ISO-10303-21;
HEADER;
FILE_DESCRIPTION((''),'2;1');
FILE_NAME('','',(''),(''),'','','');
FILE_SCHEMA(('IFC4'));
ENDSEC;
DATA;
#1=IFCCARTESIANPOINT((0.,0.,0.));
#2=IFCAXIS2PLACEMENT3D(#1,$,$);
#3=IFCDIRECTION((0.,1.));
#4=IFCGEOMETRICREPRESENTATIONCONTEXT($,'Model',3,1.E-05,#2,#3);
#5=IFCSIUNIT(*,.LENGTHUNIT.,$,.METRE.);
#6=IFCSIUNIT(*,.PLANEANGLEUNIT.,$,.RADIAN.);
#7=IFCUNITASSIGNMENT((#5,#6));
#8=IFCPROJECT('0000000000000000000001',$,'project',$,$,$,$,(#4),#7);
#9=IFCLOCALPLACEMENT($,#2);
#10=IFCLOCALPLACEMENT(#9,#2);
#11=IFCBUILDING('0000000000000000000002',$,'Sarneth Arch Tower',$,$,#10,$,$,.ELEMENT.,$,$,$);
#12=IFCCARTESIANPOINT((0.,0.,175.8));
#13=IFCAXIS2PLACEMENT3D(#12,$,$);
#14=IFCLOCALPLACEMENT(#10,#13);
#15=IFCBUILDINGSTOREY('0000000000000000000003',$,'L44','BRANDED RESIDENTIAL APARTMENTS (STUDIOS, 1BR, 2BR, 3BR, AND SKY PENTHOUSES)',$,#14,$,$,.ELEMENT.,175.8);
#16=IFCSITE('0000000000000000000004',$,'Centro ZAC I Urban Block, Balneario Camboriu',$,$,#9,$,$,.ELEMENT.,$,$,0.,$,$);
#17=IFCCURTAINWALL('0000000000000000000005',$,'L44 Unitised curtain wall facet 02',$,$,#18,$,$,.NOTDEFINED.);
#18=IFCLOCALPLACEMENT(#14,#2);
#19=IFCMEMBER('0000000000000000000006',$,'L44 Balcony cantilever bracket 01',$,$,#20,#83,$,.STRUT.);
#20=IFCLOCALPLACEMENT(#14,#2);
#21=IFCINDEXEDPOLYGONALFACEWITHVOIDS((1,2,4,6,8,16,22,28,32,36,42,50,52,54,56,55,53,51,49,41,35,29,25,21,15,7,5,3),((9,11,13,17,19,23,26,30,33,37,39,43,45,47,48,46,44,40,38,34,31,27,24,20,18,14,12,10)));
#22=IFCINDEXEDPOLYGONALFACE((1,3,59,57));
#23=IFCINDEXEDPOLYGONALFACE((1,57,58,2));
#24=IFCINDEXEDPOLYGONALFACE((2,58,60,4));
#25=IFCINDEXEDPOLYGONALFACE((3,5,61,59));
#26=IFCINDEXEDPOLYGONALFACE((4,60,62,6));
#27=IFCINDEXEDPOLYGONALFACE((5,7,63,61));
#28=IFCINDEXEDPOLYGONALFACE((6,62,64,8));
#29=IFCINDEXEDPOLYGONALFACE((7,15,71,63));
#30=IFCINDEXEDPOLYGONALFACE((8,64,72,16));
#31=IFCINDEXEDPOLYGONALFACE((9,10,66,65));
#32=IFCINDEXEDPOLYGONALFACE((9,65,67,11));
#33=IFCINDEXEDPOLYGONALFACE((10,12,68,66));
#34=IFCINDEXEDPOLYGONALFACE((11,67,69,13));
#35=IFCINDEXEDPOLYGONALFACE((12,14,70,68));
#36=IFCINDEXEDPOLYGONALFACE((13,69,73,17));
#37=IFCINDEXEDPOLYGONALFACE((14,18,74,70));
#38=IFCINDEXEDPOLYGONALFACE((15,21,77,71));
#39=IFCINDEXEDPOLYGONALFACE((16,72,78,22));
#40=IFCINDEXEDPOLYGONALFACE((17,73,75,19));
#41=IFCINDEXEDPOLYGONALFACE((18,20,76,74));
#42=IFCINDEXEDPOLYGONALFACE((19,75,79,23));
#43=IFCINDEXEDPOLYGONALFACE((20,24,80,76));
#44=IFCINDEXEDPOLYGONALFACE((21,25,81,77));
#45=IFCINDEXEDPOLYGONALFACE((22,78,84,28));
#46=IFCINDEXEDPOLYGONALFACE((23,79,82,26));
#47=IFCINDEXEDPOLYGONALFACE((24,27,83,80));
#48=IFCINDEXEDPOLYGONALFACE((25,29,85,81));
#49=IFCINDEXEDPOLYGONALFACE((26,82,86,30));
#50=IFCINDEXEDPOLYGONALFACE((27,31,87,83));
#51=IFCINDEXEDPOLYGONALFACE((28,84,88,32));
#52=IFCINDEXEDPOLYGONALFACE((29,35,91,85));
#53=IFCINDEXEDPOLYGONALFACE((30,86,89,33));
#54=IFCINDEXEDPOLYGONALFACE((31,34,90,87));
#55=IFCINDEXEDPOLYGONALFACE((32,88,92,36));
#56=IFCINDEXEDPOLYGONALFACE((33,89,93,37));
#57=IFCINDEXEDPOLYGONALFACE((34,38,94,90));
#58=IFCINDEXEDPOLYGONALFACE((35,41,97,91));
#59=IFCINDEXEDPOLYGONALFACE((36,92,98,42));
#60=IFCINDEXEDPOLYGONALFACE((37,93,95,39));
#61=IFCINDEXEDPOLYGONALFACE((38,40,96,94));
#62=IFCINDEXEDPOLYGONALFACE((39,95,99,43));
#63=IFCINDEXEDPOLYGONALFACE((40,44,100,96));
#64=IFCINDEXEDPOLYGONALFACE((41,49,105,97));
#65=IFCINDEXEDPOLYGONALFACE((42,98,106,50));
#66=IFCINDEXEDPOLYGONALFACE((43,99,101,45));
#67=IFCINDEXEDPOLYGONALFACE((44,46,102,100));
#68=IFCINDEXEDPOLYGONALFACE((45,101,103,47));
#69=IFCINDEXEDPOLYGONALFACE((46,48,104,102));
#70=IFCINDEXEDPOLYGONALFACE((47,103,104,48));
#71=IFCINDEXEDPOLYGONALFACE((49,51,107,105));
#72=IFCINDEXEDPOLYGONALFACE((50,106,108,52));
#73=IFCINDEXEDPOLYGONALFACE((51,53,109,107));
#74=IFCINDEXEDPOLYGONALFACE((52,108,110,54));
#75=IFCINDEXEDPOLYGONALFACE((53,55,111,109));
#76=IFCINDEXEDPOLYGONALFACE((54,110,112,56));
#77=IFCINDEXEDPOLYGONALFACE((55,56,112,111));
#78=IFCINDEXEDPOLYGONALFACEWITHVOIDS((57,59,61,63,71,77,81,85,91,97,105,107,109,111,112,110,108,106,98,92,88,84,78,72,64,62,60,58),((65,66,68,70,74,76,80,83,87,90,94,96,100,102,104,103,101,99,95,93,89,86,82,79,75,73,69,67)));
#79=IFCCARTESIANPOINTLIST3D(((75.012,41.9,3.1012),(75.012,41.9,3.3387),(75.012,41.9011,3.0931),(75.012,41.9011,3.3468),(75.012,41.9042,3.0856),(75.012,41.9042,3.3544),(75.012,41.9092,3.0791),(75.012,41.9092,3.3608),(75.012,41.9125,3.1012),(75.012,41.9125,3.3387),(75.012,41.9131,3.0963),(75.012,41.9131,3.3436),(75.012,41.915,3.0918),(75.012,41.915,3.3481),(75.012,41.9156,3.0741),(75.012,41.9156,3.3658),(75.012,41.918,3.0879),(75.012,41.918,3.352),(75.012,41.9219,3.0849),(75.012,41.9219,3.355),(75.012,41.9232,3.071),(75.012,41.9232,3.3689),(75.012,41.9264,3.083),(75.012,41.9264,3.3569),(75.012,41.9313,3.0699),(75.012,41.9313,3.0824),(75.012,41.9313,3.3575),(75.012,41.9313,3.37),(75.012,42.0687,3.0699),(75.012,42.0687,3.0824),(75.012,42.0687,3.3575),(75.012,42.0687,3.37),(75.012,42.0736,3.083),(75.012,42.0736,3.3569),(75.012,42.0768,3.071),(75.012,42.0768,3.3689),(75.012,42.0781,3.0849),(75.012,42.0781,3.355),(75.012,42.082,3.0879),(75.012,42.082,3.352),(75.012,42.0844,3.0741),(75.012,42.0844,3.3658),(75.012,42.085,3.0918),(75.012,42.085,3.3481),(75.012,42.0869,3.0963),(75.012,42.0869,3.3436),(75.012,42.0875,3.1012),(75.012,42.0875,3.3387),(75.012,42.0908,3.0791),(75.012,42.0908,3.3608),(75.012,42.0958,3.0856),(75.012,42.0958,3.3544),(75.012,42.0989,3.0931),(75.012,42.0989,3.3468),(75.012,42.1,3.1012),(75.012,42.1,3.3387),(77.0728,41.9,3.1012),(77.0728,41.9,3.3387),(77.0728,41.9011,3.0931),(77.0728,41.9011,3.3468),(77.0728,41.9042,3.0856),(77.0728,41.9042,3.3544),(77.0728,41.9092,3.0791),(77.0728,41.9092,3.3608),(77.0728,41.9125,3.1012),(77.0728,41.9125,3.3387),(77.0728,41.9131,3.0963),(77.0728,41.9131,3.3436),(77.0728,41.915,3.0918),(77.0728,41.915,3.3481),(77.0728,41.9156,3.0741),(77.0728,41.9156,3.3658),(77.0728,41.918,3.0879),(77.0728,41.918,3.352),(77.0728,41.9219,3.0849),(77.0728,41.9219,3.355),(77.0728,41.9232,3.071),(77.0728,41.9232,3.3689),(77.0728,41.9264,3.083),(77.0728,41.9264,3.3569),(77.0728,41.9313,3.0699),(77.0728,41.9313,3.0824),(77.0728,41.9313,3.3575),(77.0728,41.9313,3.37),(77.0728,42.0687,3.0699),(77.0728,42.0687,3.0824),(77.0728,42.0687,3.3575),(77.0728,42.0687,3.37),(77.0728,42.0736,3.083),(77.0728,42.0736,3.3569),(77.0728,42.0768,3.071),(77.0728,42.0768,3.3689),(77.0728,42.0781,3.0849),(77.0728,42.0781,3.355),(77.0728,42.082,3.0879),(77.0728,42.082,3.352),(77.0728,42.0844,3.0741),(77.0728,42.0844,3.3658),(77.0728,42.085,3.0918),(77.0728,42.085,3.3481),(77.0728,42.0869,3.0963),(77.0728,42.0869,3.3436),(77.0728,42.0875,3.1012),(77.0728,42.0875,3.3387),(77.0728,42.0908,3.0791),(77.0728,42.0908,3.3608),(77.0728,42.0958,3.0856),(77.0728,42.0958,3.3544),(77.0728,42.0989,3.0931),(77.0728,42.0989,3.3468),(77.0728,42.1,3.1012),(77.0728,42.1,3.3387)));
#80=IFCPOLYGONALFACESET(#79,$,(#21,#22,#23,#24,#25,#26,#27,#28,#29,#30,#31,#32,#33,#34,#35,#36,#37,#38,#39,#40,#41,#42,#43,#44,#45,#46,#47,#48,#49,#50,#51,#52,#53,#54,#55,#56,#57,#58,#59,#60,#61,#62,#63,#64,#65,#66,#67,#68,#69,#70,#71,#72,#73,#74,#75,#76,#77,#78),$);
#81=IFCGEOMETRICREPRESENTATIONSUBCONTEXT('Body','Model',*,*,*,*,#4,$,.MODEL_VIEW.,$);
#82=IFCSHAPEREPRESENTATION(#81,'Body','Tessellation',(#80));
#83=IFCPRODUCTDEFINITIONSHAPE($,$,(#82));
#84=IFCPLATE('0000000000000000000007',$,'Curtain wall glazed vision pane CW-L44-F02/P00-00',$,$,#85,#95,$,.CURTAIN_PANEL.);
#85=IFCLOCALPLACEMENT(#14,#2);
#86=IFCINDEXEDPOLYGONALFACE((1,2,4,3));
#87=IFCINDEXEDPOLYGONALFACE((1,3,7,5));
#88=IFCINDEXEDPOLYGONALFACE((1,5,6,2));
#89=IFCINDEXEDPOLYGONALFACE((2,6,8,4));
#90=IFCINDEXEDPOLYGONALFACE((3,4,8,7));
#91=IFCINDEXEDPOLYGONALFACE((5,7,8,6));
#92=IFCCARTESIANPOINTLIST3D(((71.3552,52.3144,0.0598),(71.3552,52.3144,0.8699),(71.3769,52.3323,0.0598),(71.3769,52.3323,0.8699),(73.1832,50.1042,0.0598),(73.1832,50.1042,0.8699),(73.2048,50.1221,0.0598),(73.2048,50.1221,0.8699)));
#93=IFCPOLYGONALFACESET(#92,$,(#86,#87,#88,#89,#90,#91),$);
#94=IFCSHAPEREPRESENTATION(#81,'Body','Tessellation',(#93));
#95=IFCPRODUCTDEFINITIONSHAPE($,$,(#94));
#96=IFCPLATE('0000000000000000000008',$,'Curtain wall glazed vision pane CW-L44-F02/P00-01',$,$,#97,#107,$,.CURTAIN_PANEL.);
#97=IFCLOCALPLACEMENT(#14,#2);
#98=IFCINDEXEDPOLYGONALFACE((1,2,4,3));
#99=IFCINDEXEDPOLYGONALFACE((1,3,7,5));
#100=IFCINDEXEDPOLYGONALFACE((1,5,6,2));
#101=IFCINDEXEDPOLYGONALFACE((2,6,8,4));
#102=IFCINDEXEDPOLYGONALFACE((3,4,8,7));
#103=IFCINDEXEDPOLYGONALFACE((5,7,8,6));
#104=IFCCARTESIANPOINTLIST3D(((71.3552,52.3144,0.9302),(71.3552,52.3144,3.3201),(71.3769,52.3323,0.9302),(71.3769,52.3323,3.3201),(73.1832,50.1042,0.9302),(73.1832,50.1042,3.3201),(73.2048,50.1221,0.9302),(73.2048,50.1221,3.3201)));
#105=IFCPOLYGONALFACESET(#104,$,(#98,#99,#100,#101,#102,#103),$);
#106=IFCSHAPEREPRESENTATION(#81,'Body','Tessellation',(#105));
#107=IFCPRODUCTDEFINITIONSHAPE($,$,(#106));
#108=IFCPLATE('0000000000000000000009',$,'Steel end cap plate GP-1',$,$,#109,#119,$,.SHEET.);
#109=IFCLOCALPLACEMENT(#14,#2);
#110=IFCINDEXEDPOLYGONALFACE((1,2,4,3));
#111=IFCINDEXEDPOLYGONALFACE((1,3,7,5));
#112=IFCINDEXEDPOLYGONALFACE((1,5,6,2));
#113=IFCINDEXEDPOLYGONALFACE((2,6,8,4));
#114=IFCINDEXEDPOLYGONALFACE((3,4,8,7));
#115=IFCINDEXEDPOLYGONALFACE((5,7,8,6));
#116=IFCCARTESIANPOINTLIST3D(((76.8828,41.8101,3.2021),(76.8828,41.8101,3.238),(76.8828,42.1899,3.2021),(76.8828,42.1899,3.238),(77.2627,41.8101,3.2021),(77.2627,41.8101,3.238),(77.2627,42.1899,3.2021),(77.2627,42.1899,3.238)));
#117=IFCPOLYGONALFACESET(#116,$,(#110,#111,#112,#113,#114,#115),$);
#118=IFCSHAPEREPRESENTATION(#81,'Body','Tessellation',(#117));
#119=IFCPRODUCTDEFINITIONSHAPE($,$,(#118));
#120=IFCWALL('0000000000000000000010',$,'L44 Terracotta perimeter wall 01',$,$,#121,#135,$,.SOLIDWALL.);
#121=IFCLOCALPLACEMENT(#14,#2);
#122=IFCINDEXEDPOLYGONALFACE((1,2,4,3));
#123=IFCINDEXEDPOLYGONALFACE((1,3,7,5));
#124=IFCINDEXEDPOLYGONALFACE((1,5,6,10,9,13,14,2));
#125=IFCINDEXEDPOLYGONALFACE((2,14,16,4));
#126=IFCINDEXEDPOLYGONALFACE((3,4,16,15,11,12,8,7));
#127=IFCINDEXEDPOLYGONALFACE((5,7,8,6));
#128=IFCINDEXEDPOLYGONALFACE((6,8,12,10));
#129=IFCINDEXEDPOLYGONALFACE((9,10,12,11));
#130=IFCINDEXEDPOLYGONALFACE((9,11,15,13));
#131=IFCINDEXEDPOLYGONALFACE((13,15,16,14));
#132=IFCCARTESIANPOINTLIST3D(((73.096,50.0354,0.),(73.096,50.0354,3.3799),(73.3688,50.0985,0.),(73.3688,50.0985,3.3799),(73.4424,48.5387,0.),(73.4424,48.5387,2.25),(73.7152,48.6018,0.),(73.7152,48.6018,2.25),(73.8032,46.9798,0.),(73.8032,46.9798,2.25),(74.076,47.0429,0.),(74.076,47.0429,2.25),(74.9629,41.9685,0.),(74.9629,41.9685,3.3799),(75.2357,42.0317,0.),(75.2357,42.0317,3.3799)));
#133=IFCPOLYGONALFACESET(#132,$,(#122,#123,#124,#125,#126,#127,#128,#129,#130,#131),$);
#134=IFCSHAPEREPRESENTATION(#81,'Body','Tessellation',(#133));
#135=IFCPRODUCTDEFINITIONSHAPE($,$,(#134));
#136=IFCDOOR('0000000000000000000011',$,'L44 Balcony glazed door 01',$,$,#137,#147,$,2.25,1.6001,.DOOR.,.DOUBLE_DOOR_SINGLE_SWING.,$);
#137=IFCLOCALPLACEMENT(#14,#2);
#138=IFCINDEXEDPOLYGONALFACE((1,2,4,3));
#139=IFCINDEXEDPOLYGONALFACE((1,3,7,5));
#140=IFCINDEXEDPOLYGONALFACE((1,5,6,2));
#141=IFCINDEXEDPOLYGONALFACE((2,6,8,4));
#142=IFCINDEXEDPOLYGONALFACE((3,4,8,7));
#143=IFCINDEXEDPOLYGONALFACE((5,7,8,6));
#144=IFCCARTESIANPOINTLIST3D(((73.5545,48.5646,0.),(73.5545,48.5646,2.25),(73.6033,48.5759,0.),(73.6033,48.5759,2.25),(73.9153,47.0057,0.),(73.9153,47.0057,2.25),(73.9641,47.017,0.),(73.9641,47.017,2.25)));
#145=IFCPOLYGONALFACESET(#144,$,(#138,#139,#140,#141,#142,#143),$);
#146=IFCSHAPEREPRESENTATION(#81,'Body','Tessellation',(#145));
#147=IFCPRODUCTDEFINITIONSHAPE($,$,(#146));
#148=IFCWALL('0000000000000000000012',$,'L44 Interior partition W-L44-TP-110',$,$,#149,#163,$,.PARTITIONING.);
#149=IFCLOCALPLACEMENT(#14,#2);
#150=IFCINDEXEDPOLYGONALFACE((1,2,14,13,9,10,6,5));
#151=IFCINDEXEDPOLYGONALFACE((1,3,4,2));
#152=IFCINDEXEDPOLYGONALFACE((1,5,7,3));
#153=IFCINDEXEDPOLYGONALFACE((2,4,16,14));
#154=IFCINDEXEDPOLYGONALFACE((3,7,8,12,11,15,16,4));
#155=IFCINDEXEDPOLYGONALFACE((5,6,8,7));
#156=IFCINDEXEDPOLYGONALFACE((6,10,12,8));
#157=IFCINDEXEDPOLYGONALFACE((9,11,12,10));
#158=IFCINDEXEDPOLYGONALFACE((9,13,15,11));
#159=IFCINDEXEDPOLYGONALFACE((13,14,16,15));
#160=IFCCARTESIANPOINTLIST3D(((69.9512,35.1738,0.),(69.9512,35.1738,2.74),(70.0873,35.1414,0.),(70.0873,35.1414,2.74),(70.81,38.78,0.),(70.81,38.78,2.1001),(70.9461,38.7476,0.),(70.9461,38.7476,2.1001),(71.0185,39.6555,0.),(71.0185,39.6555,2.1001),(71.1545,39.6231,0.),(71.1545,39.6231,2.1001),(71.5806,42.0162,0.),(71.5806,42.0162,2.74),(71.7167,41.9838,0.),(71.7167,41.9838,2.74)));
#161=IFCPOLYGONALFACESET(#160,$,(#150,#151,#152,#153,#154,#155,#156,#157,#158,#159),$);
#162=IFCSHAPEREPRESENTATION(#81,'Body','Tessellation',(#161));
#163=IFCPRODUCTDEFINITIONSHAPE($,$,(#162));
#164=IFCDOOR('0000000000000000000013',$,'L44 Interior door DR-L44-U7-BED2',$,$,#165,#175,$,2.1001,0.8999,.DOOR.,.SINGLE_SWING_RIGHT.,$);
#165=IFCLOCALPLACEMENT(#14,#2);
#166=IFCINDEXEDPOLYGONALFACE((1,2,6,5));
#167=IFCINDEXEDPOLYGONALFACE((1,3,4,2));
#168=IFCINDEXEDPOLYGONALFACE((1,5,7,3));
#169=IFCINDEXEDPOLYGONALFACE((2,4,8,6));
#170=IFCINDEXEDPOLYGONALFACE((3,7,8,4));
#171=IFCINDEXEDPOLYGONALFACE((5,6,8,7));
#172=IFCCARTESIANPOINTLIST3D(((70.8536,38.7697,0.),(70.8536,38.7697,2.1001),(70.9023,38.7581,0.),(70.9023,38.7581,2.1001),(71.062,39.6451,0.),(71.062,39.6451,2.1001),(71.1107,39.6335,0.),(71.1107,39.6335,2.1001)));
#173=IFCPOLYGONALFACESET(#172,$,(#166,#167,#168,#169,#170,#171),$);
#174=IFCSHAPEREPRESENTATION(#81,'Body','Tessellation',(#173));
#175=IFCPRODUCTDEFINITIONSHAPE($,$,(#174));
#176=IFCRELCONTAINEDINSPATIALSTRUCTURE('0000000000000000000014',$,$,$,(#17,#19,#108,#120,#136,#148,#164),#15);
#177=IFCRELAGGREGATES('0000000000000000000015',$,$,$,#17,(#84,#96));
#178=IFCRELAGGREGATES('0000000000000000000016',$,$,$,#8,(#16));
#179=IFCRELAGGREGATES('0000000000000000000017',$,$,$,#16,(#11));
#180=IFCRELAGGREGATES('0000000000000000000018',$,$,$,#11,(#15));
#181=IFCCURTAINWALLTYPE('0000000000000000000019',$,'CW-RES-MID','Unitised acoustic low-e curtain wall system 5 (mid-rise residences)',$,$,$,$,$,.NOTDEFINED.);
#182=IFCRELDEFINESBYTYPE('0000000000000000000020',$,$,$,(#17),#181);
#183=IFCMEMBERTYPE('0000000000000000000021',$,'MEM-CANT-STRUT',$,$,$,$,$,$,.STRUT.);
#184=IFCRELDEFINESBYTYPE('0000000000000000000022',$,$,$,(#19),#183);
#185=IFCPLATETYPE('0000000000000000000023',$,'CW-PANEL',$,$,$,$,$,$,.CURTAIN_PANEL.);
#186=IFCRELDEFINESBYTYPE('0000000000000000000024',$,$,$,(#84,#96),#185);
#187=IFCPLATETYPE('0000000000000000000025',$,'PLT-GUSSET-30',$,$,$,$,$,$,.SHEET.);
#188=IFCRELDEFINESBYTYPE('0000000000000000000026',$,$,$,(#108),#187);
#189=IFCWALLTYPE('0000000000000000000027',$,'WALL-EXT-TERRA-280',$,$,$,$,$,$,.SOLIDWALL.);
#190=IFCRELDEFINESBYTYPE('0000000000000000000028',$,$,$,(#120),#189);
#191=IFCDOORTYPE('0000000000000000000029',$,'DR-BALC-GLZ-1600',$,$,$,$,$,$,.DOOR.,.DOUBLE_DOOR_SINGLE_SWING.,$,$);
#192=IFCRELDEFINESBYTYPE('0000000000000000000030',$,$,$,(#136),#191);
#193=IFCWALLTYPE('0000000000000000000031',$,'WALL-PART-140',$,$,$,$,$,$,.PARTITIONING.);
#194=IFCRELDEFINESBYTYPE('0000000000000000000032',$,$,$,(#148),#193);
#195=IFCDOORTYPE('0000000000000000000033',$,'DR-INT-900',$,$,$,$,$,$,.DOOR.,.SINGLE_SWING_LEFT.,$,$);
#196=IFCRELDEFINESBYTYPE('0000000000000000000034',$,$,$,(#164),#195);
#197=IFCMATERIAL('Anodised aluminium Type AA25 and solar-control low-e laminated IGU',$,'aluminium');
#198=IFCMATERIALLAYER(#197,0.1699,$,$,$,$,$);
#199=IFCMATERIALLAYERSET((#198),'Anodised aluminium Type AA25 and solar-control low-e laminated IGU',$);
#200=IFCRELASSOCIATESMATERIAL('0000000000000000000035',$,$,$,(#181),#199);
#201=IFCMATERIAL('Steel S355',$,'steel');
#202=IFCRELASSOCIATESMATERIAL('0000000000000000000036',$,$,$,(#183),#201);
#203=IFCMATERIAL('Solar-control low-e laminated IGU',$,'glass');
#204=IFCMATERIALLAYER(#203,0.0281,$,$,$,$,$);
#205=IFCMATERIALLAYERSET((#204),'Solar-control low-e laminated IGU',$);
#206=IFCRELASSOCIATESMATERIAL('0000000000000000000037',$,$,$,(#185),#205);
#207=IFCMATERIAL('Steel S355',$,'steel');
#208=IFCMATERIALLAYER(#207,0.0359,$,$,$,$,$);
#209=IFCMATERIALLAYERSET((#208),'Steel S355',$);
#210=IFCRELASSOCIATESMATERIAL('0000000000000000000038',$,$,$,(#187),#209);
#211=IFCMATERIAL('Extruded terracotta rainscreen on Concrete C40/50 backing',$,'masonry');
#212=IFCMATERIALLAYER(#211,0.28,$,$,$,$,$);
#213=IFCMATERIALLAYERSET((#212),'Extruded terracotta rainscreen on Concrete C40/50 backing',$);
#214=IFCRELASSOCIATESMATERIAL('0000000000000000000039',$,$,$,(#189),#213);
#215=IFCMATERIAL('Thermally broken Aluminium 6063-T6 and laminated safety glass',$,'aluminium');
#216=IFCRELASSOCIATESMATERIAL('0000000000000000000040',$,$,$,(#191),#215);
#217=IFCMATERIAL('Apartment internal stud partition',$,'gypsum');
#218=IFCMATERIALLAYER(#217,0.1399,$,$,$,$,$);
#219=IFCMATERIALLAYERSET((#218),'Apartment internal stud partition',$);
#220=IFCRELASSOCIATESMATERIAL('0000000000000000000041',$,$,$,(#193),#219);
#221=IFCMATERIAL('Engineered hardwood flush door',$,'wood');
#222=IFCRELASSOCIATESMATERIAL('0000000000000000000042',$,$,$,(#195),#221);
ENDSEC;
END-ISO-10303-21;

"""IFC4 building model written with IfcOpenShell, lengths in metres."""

from ifc_helpers import new_model, si_unit, direction, frame, frame_2d, origin, origin_2d, place, context, subcontext, project, spatial, rectangle, hollow_rectangle, extrude, material, layer, layer_set, material_profile, profile_set, type_object, element, fill, aggregate, save


model = new_model("IFC4")

# Units and contexts
model_context = context("Model", 3, precision=1e-05, world=origin(), true_north=direction((0.0, 1.0)))
body_context = subcontext(model_context, "Body", "Model", "MODEL_VIEW")
ifc_project = project(units=[si_unit("LENGTHUNIT", "METRE"), si_unit("PLANEANGLEUNIT", "RADIAN")], contexts=[model_context])

# Site, building, storey
site_placement = place(None, origin())
site = spatial("IfcSite", under=ifc_project, at=site_placement, Name="Centro ZAC I Urban Block, Balneario Camboriu", CompositionType="ELEMENT", RefElevation=0.0)
building_placement = place(site_placement, origin())
building = spatial("IfcBuilding", under=site, at=building_placement, Name="Sarneth Arch Tower", CompositionType="ELEMENT")
storey_placement = place(building_placement, frame((0.0, 0.0, 175.8)))
storey = spatial("IfcBuildingStorey", under=building, at=storey_placement, Name="L44", Description="BRANDED RESIDENTIAL APARTMENTS (STUDIOS, 1BR, 2BR, 3BR, AND SKY PENTHOUSES)", CompositionType="ELEMENT", Elevation=175.8)

# Curtain wall
ifc_material_1 = material(Name="Anodised aluminium Type AA25 and solar-control low-e laminated IGU", Category="aluminium")
ifc_layer_1 = layer(ifc_material_1, 0.1699)
ifc_layer_set_1 = layer_set([ifc_layer_1], Name="Anodised aluminium Type AA25 and solar-control low-e laminated IGU")
curtain_wall_type = type_object("IfcCurtainWallType", Name="CW-RES-MID", Description="Unitised acoustic low-e curtain wall system 5 (mid-rise residences)", PredefinedType="NOTDEFINED", material=ifc_layer_set_1)
curtain_wall_placement = place(storey_placement, origin())
curtain_wall = element("IfcCurtainWall", 1, at=curtain_wall_placement, inside=storey, type_object=curtain_wall_type, Name="L44 Unitised curtain wall facet 02", PredefinedType="NOTDEFINED")

# Member
ifc_material_2 = material(Name="Steel S355", Category="steel")
ifc_material_profile_1 = material_profile(ifc_material_2, hollow_rectangle(XDim=0.2, YDim=0.3, WallThickness=0.0125, InnerFilletRadius=0.0188, OuterFilletRadius=0.0312, at=origin_2d()), Name="RHS300x200x12.5")
ifc_profile_set_1 = profile_set([ifc_material_profile_1], Name="Steel S355")
member_type_1 = type_object("IfcMemberType", Name="MEM-CANT-STRUT", PredefinedType="STRUT", material=ifc_profile_set_1)
member_1_placement = place(storey_placement, frame((75.012, 42.0, 3.22), z_axis=(1.0, 0.0, 0.0), x_axis=(0.0, 1.0, 0.0)))
element("IfcMember", 2, at=member_1_placement, inside=storey, type_object=member_type_1, Name="L44 Balcony cantilever bracket 01", PredefinedType="STRUT", context=body_context, shape_type="SweptSolid", body=[
    extrude(hollow_rectangle(XDim=0.2, YDim=0.3, WallThickness=0.0125, InnerFilletRadius=0.0188, OuterFilletRadius=0.0312, at=origin_2d()), origin(), (0.0, 0.0, 1.0), 2.0608),
])

# Plates
ifc_material_3 = material(Name="Solar-control low-e laminated IGU", Category="glass")
ifc_layer_2 = layer(ifc_material_3, 0.0281)
ifc_layer_set_2 = layer_set([ifc_layer_2], Name="Solar-control low-e laminated IGU")
plate_type_1 = type_object("IfcPlateType", Name="CW-PANEL", PredefinedType="CURTAIN_PANEL", material=ifc_layer_set_2)
plate_1_placement = place(storey_placement, frame((72.28, 51.2183, 0.0598), z_axis=(0.0, 0.0, 1.0), x_axis=(-0.63733, 0.770591, 0.0)))
plate_1 = element("IfcPlate", 3, at=plate_1_placement, type_object=plate_type_1, Name="Curtain wall glazed vision pane CW-L44-F02/P00-00", PredefinedType="CURTAIN_PANEL", context=body_context, shape_type="SweptSolid", body=[
    extrude(rectangle(XDim=2.8682, YDim=0.0281, at=origin_2d()), origin(), (0.0, 0.0, 1.0), 0.8101),
])
plate_2_placement = place(storey_placement, frame((72.28, 51.2183, 0.9302), z_axis=(0.0, 0.0, 1.0), x_axis=(-0.63733, 0.770591, 0.0)))
plate_2 = element("IfcPlate", 4, at=plate_2_placement, type_object=plate_type_1, Name="Curtain wall glazed vision pane CW-L44-F02/P00-01", PredefinedType="CURTAIN_PANEL", context=body_context, shape_type="SweptSolid", body=[
    extrude(rectangle(XDim=2.8682, YDim=0.0281, at=origin_2d()), origin(), (0.0, 0.0, 1.0), 2.3899),
])
aggregate(curtain_wall, [plate_1, plate_2])
ifc_material_4 = material(Name="Steel S355", Category="steel")
ifc_layer_3 = layer(ifc_material_4, 0.0359)
ifc_layer_set_3 = layer_set([ifc_layer_3], Name="Steel S355")
plate_type_2 = type_object("IfcPlateType", Name="PLT-GUSSET-30", PredefinedType="SHEET", material=ifc_layer_set_3)
plate_3_placement = place(storey_placement, frame((77.0728, 42.0, 3.2021), z_axis=(0.0, 0.0, 1.0), x_axis=(1.0, 0.0, 0.0)))
element("IfcPlate", 5, at=plate_3_placement, inside=storey, type_object=plate_type_2, Name="Steel end cap plate GP-1", PredefinedType="SHEET", context=body_context, shape_type="SweptSolid", body=[
    extrude(rectangle(XDim=0.3799, YDim=0.3799, at=origin_2d()), origin(), (0.0, 0.0, 1.0), 0.0359),
])

# Walls, openings, doors
ifc_material_5 = material(Name="Extruded terracotta rainscreen on Concrete C40/50 backing", Category="masonry")
ifc_layer_4 = layer(ifc_material_5, 0.28)
ifc_layer_set_4 = layer_set([ifc_layer_4], Name="Extruded terracotta rainscreen on Concrete C40/50 backing")
wall_type_1 = type_object("IfcWallType", Name="WALL-EXT-TERRA-280", PredefinedType="SOLIDWALL", material=ifc_layer_set_4)
wall_1_placement = place(storey_placement, frame((75.0994, 42.0, 0.0), z_axis=(0.0, 0.0, 1.0), x_axis=(-0.225473, 0.974249, 0.0)))
wall_1 = element("IfcWall", 6, at=wall_1_placement, inside=storey, type_object=wall_type_1, Name="L44 Terracotta perimeter wall 01", PredefinedType="SOLIDWALL", context=body_context, shape_type="SweptSolid", body=[
    extrude(rectangle(XDim=8.28, YDim=0.28, at=frame_2d((4.1401, 0.0))), origin(), (0.0, 0.0, 1.0), 3.3799),
])
opening_1_placement = place(wall_1_placement, frame((5.1438, 0.0, 0.0)))
opening_1 = element("IfcOpeningElement", 7, at=opening_1_placement, cuts=wall_1, PredefinedType="OPENING", context=body_context, shape_type="SweptSolid", body=[
    extrude(rectangle(XDim=1.6001, YDim=2.25, at=frame_2d((0.8, 1.125))), frame((0.0, 0.1499, 0.0), z_axis=(0.0, -1.0, 0.0), x_axis=(1.0, 0.0, 0.0)), (0.0, 0.0, 1.0), 0.3),
])
ifc_material_6 = material(Name="Thermally broken Aluminium 6063-T6 and laminated safety glass", Category="aluminium")
door_type_1 = type_object("IfcDoorType", Name="DR-BALC-GLZ-1600", OperationType="DOUBLE_DOOR_SINGLE_SWING", PredefinedType="DOOR", material=ifc_material_6)
door_1_placement = place(opening_1_placement, origin())
door_1 = element("IfcDoor", 8, at=door_1_placement, inside=storey, type_object=door_type_1, Name="L44 Balcony glazed door 01", OperationType="DOUBLE_DOOR_SINGLE_SWING", OverallHeight=2.25, OverallWidth=1.6001, PredefinedType="DOOR", context=body_context, shape_type="SweptSolid", body=[
    extrude(rectangle(XDim=1.6001, YDim=2.25, at=frame_2d((0.8, 1.125))), frame((0.0, 0.0249, 0.0), z_axis=(0.0, -1.0, 0.0), x_axis=(1.0, 0.0, 0.0)), (0.0, 0.0, 1.0), 0.05),
])
fill(opening_1, door_1)
ifc_material_7 = material(Name="Apartment internal stud partition", Category="gypsum")
ifc_layer_5 = layer(ifc_material_7, 0.1399)
ifc_layer_set_5 = layer_set([ifc_layer_5], Name="Apartment internal stud partition")
wall_type_2 = type_object("IfcWallType", Name="WALL-PART-140", PredefinedType="PARTITIONING", material=ifc_layer_set_5)
wall_2_placement = place(storey_placement, frame((71.6487, 42.0, 0.0), z_axis=(0.0, 0.0, 1.0), x_axis=(-0.231658, -0.972797, 0.0)))
wall_2 = element("IfcWall", 9, at=wall_2_placement, inside=storey, type_object=wall_type_2, Name="L44 Interior partition W-L44-TP-110", PredefinedType="PARTITIONING", context=body_context, shape_type="SweptSolid", body=[
    extrude(rectangle(XDim=7.0337, YDim=0.1399, at=frame_2d((3.5168, 0.0))), origin(), (0.0, 0.0, 1.0), 2.74),
])
opening_2_placement = place(wall_2_placement, frame((2.4268, 0.0, 0.0)))
opening_2 = element("IfcOpeningElement", 10, at=opening_2_placement, cuts=wall_2, PredefinedType="OPENING", context=body_context, shape_type="SweptSolid", body=[
    extrude(rectangle(XDim=0.8999, YDim=2.1001, at=frame_2d((0.45, 1.05))), frame((0.0, 0.0798, 0.0), z_axis=(0.0, -1.0, 0.0), x_axis=(1.0, 0.0, 0.0)), (0.0, 0.0, 1.0), 0.1599),
])
ifc_material_8 = material(Name="Engineered hardwood flush door", Category="wood")
door_type_2 = type_object("IfcDoorType", Name="DR-INT-900", OperationType="SINGLE_SWING_LEFT", PredefinedType="DOOR", material=ifc_material_8)
door_2_placement = place(opening_2_placement, origin())
door_2 = element("IfcDoor", 11, at=door_2_placement, inside=storey, type_object=door_type_2, Name="L44 Interior door DR-L44-U7-BED2", OperationType="SINGLE_SWING_RIGHT", OverallHeight=2.1001, OverallWidth=0.8999, PredefinedType="DOOR", context=body_context, shape_type="SweptSolid", body=[
    extrude(rectangle(XDim=0.8999, YDim=2.1001, at=frame_2d((0.45, 1.05))), frame((0.0, 0.0249, 0.0), z_axis=(0.0, -1.0, 0.0), x_axis=(1.0, 0.0, 0.0)), (0.0, 0.0, 1.0), 0.05),
])
fill(opening_2, door_2)

save(model, "model.ifc")
